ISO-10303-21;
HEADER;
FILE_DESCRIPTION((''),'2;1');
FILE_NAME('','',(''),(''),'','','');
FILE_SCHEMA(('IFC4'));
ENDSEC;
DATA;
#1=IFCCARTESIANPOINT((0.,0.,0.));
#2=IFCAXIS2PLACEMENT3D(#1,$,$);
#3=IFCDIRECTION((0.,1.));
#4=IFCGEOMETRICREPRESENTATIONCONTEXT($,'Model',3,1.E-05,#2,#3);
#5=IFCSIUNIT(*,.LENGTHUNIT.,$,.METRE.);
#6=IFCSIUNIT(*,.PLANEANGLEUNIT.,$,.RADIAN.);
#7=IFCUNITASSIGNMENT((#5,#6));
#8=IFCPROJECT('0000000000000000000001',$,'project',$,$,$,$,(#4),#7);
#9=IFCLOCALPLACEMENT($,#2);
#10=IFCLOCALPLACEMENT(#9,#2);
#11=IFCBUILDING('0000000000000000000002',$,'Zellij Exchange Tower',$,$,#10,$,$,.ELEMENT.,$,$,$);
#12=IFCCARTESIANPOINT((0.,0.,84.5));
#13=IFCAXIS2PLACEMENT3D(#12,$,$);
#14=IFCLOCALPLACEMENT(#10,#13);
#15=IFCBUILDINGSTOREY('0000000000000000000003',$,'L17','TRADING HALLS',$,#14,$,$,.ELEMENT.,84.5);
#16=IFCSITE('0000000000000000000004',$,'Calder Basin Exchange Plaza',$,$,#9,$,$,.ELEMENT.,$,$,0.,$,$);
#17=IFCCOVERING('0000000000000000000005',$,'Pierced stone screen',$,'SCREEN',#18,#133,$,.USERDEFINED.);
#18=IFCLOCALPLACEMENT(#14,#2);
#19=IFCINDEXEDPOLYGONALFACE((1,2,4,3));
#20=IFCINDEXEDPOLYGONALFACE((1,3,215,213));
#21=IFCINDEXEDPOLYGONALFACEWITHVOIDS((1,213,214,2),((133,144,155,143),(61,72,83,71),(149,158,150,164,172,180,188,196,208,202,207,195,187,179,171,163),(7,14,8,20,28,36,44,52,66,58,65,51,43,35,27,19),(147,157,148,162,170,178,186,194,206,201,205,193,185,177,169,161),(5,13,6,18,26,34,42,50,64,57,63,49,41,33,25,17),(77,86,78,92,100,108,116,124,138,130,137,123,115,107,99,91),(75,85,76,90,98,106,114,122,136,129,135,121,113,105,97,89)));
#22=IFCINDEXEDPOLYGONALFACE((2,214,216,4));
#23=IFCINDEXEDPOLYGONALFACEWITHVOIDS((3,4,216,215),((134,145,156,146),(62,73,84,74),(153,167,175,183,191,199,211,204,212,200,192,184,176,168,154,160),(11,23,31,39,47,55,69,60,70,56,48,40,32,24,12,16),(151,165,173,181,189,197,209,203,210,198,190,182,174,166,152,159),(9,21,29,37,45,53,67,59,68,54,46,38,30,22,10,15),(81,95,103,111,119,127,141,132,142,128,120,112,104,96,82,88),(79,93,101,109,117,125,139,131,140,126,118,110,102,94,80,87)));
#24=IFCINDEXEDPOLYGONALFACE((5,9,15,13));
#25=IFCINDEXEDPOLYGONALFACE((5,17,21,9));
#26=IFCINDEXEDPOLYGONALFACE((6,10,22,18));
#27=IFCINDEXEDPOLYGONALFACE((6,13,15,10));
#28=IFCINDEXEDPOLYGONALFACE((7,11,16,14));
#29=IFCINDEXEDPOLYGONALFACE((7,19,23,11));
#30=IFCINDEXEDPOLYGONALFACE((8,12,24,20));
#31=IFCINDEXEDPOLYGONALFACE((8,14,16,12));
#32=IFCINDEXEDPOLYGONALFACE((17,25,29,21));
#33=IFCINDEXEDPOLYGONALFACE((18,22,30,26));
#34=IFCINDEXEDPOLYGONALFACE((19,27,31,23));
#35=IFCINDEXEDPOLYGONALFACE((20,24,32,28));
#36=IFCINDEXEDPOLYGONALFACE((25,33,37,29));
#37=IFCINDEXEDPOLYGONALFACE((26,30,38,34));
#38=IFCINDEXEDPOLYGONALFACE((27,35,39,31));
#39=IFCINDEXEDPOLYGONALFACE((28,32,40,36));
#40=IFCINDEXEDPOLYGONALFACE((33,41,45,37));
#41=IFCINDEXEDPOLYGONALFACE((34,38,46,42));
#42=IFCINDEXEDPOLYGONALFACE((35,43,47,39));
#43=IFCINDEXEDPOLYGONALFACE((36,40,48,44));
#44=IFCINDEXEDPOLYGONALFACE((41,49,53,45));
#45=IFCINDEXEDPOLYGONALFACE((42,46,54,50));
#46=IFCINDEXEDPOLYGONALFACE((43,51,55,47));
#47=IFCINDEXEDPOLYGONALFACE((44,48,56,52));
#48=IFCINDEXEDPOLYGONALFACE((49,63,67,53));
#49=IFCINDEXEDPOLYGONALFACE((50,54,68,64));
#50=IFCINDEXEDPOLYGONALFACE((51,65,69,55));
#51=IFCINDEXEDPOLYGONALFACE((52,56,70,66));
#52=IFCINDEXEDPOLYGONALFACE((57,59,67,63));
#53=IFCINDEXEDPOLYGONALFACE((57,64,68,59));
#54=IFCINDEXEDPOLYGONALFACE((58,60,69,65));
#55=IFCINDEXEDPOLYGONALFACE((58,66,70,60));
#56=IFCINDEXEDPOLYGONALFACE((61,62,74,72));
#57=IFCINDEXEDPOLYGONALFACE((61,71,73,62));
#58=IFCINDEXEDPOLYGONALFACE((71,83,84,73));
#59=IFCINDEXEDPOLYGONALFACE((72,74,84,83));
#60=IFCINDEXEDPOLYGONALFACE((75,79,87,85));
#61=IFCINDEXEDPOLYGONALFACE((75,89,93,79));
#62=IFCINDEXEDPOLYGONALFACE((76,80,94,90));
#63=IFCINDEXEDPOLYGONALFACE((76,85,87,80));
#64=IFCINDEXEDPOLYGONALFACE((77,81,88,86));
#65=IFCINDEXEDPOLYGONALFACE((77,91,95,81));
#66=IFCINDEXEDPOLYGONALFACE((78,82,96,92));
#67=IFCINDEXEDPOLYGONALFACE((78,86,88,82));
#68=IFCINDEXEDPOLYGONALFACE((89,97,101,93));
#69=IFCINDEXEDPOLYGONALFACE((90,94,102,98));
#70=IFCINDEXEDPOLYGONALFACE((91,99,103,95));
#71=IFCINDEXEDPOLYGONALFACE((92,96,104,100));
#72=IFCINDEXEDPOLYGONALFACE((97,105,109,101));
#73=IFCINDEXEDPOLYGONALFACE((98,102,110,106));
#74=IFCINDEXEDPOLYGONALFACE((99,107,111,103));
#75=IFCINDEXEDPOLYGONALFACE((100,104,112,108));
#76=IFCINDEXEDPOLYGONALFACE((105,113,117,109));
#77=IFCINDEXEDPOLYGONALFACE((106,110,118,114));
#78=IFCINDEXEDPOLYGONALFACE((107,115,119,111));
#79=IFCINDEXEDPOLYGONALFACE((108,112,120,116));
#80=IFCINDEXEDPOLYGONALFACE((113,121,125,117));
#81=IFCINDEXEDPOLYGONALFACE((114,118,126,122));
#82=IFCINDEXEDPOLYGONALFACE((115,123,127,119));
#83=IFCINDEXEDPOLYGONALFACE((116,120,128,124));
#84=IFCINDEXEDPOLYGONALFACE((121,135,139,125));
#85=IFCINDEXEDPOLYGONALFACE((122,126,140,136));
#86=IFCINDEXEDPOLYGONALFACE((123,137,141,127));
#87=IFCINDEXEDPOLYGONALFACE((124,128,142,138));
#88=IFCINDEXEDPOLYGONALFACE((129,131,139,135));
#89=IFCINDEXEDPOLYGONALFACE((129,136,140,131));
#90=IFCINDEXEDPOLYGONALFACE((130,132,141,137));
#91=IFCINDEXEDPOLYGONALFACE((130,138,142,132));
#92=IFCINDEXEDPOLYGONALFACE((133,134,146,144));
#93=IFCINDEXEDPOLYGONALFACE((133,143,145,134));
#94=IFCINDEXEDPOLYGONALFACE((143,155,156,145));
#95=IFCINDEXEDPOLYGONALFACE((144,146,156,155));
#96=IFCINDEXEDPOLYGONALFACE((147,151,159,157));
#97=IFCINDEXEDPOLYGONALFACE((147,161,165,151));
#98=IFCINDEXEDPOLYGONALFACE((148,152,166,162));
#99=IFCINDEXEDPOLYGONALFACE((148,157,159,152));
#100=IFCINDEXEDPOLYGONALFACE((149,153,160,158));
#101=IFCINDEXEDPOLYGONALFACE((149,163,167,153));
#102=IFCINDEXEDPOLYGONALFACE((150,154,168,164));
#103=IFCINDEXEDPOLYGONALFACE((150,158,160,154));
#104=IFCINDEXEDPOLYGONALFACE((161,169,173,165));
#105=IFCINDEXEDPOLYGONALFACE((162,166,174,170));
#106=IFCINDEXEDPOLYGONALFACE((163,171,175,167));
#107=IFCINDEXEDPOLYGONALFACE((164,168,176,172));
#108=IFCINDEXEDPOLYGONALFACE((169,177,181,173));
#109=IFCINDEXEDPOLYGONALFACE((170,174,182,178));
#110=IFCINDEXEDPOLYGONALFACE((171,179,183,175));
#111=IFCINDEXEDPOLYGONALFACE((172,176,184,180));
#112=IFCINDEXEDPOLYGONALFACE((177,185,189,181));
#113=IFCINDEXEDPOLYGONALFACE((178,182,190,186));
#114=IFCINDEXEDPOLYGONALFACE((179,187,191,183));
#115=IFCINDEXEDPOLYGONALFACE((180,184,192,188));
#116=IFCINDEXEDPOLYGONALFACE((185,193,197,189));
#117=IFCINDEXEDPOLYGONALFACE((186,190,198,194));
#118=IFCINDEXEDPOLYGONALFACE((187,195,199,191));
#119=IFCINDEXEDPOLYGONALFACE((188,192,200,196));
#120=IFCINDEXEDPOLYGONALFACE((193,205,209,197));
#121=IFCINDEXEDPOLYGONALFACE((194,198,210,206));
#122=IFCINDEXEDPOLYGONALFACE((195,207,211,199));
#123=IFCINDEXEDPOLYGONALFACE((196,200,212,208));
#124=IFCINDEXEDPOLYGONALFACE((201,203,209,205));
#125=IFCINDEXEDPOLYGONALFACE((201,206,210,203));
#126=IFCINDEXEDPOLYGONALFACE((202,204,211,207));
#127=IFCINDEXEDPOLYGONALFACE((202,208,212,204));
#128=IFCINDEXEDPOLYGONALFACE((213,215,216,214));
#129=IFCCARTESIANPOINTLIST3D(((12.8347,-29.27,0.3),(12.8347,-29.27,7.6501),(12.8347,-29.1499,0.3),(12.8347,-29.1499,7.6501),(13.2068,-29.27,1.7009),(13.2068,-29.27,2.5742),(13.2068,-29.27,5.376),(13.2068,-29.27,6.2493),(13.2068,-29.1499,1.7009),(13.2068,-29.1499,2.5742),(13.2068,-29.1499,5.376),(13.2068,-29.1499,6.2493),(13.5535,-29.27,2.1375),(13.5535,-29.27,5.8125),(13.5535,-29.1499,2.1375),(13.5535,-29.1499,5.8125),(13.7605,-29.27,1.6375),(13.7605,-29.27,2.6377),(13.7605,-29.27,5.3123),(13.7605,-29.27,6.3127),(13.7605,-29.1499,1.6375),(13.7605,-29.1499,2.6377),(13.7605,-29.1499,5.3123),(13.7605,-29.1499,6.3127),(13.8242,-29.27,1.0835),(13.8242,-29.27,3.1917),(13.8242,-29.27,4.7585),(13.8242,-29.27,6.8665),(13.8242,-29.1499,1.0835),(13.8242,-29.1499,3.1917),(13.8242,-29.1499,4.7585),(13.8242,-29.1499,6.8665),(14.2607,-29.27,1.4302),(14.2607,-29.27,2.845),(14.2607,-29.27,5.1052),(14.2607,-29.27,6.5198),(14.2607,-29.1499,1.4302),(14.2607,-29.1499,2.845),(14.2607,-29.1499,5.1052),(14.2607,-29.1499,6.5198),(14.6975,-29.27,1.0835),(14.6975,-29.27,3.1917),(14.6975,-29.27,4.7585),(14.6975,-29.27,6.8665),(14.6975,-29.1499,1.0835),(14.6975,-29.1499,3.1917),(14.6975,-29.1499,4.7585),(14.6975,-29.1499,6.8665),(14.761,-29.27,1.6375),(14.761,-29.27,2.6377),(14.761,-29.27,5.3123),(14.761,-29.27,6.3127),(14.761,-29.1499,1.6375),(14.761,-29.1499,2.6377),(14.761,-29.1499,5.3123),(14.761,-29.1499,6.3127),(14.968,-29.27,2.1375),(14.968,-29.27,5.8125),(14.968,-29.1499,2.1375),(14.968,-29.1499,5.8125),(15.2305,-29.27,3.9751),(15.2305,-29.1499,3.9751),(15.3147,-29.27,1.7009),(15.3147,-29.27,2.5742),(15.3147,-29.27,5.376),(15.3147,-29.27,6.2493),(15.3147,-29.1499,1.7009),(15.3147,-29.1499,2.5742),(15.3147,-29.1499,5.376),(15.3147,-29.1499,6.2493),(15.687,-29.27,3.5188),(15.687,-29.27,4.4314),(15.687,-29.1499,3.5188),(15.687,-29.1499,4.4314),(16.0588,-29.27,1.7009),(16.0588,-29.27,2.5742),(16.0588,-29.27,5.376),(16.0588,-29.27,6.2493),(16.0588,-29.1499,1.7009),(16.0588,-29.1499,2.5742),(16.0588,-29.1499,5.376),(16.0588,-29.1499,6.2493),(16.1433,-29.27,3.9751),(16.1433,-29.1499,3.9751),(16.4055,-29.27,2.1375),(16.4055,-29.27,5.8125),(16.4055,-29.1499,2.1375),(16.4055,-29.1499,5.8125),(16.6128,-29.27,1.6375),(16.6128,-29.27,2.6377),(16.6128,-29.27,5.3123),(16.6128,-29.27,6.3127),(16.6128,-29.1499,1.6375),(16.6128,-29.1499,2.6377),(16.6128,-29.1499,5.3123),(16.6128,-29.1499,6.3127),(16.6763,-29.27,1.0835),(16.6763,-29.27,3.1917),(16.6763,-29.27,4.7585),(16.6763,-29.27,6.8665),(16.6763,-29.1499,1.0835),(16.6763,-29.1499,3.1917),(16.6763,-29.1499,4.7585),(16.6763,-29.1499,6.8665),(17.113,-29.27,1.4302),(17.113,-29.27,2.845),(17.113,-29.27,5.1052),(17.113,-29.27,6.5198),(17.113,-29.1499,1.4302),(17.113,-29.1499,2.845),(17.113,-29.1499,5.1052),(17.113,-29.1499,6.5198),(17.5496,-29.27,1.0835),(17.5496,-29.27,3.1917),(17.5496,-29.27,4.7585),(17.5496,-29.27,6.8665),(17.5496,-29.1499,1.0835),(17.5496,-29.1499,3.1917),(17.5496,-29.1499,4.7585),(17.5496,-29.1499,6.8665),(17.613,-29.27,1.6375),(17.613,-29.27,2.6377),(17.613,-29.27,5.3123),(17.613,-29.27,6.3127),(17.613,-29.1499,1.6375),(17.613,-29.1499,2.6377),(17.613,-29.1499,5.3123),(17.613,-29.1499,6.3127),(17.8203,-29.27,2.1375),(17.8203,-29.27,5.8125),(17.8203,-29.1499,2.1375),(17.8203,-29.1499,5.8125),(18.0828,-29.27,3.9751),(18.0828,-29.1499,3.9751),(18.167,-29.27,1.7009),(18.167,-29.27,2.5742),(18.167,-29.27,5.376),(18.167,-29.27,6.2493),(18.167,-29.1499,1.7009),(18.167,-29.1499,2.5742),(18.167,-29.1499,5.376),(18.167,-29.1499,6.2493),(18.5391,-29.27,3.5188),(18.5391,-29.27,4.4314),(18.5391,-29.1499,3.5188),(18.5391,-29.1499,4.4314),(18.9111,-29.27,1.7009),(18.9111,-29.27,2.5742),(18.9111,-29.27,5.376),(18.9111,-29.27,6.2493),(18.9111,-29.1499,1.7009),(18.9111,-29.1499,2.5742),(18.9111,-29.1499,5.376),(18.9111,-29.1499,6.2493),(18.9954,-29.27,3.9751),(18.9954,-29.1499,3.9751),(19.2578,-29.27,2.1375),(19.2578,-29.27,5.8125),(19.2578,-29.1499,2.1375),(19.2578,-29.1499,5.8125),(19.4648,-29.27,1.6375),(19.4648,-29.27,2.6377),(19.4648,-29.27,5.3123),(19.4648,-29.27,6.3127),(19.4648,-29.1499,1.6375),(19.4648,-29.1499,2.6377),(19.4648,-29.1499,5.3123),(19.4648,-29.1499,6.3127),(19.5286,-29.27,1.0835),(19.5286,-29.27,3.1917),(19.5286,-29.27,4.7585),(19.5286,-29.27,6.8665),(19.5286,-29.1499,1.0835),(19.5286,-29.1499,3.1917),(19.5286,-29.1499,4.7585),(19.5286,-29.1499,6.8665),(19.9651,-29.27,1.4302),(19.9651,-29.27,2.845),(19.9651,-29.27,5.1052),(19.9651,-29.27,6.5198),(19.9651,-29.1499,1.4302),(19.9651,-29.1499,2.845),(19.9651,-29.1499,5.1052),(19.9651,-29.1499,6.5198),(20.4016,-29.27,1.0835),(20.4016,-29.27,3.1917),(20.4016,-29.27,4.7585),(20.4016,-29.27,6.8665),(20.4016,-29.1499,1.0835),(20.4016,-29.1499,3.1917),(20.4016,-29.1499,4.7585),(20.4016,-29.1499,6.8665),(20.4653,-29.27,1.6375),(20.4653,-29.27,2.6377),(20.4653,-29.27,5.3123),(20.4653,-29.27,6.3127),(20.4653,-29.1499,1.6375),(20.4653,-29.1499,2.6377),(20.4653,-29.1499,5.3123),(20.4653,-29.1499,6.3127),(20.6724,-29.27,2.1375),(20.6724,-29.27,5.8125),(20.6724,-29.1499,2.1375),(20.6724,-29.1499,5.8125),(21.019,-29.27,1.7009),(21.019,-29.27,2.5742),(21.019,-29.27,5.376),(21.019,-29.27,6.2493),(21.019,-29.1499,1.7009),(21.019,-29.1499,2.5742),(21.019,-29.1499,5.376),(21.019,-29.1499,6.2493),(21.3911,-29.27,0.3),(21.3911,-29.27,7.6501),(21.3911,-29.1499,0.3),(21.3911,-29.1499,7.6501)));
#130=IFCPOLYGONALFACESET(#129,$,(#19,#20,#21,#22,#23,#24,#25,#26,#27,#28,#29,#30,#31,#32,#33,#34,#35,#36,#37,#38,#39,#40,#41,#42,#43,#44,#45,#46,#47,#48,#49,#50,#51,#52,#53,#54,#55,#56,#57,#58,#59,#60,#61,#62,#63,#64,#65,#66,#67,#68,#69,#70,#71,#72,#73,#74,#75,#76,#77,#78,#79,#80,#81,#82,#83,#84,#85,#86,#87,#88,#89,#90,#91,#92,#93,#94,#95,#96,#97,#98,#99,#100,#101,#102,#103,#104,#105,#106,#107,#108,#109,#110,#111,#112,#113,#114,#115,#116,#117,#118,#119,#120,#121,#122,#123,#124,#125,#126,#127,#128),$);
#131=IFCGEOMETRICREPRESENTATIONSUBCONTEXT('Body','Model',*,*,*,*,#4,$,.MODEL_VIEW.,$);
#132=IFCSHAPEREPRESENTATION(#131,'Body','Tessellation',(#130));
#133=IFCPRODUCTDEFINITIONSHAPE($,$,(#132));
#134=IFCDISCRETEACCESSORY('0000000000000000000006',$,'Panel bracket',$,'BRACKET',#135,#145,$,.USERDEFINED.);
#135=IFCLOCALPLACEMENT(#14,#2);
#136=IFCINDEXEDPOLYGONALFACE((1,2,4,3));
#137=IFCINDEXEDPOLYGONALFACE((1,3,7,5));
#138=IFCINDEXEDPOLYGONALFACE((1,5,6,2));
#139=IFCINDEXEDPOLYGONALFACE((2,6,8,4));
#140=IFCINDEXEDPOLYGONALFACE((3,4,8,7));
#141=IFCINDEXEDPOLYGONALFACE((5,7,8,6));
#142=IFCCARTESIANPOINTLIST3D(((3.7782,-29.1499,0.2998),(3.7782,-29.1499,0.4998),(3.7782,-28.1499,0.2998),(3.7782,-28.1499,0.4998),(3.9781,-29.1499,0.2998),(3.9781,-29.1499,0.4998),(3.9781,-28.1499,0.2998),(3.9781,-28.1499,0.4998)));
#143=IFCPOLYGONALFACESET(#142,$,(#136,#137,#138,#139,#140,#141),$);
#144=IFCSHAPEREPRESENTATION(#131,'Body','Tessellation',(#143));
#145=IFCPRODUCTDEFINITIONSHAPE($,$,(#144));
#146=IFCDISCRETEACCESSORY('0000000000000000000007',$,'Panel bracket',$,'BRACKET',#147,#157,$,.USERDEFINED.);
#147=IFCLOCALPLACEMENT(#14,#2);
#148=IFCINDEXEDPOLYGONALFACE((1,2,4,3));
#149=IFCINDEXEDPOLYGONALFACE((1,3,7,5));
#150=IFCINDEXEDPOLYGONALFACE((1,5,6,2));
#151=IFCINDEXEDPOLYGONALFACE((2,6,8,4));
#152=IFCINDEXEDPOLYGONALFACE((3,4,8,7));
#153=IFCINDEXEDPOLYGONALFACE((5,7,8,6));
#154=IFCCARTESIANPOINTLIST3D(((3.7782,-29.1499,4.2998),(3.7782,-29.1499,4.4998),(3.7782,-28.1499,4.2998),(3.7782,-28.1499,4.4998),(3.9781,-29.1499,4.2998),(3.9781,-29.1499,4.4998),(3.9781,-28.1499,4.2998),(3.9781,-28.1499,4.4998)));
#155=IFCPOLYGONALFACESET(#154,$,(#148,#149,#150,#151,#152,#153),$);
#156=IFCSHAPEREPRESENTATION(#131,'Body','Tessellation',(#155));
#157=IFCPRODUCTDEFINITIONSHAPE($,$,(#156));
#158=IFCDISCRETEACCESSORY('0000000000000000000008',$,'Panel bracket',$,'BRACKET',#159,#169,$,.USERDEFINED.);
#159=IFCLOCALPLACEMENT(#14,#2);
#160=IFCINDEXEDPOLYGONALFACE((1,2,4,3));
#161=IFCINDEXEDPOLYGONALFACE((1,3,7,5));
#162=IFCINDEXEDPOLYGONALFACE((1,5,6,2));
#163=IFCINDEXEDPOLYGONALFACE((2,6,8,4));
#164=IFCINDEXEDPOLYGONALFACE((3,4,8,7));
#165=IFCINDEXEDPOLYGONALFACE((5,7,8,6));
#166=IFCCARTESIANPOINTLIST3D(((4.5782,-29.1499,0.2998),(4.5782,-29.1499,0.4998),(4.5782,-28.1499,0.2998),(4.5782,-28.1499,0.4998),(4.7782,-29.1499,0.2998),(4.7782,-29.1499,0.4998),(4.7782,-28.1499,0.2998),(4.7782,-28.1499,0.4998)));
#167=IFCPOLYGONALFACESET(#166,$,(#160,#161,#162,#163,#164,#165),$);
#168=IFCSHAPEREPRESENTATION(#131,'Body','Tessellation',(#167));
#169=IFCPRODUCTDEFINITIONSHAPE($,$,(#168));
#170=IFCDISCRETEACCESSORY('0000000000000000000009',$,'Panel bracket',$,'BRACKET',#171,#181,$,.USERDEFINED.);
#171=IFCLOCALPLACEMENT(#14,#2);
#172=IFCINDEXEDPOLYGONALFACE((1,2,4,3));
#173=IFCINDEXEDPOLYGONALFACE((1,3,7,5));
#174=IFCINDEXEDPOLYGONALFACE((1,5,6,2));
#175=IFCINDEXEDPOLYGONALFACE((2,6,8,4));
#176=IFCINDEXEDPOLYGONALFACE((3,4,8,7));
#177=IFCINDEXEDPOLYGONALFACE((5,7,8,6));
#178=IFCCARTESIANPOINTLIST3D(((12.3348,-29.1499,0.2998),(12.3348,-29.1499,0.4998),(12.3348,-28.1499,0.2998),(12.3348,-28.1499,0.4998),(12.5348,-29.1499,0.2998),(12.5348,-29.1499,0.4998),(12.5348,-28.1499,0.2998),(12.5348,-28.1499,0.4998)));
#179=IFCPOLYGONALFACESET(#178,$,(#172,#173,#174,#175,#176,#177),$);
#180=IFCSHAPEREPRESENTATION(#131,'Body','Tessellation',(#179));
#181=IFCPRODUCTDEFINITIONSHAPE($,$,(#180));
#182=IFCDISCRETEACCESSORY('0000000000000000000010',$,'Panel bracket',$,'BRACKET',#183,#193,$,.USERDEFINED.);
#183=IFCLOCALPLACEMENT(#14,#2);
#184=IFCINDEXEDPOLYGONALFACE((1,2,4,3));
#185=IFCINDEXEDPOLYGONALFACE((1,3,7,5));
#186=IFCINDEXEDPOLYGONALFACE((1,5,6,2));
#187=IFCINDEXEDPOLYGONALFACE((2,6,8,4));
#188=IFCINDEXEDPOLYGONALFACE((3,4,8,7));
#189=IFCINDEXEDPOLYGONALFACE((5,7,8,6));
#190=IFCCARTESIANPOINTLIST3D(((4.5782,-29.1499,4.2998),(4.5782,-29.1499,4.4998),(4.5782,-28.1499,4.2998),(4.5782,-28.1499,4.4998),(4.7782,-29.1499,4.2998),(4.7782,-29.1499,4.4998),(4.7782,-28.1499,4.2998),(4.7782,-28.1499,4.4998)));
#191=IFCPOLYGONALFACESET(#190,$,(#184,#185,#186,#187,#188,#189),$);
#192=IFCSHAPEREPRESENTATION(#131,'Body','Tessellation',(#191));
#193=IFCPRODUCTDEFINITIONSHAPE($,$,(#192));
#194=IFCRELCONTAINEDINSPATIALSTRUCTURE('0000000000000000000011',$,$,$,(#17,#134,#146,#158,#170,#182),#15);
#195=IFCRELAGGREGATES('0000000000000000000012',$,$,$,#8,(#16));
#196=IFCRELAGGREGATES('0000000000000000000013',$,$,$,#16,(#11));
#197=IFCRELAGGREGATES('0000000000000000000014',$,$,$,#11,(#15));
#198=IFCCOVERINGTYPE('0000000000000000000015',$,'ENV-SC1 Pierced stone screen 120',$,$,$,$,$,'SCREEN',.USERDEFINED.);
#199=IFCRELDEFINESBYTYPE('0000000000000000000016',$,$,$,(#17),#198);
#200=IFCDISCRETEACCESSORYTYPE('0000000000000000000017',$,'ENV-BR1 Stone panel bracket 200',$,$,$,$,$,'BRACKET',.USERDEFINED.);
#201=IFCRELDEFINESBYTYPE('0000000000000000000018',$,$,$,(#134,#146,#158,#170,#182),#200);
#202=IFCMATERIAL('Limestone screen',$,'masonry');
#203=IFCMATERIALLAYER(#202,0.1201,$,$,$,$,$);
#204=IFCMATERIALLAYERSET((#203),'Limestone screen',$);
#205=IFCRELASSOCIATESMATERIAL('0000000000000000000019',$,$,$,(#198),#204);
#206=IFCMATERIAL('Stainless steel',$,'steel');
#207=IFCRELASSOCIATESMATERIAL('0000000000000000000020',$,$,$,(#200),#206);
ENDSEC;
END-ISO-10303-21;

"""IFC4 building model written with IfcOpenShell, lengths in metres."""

from ifc_helpers import new_model, si_unit, direction, frame, origin, origin_2d, place, context, subcontext, project, spatial, polyline, rectangle, outline, extrude, material, layer, layer_set, type_object, element, save


model = new_model("IFC4")

# Units and contexts
model_context = context("Model", 3, precision=1e-05, world=origin(), true_north=direction((0.0, 1.0)))
body_context = subcontext(model_context, "Body", "Model", "MODEL_VIEW")
ifc_project = project(units=[si_unit("LENGTHUNIT", "METRE"), si_unit("PLANEANGLEUNIT", "RADIAN")], contexts=[model_context])

# Site, building, storey
site_placement = place(None, origin())
site = spatial("IfcSite", under=ifc_project, at=site_placement, Name="Calder Basin Exchange Plaza", CompositionType="ELEMENT", RefElevation=0.0)
building_placement = place(site_placement, origin())
building = spatial("IfcBuilding", under=site, at=building_placement, Name="Zellij Exchange Tower", CompositionType="ELEMENT")
storey_placement = place(building_placement, frame((0.0, 0.0, 84.5)))
storey = spatial("IfcBuildingStorey", under=building, at=storey_placement, Name="L17", Description="TRADING HALLS", CompositionType="ELEMENT", Elevation=84.5)

# Covering
ifc_material_1 = material(Name="Limestone screen", Category="masonry")
ifc_layer_1 = layer(ifc_material_1, 0.1201)
ifc_layer_set_1 = layer_set([ifc_layer_1], Name="Limestone screen")
covering_type = type_object("IfcCoveringType", Name="ENV-SC1 Pierced stone screen 120", ElementType="SCREEN", PredefinedType="USERDEFINED", material=ifc_layer_set_1)
covering_1_placement = place(storey_placement, frame((12.8347, -29.21, 0.3), z_axis=(0.0, 0.0, 1.0), x_axis=(1.0, 0.0, 0.0)))
element("IfcCovering", 1, at=covering_1_placement, inside=storey, type_object=covering_type, Name="Pierced stone screen", ObjectType="SCREEN", PredefinedType="USERDEFINED", context=body_context, shape_type="SweptSolid", body=[
    extrude(outline(polyline([(0.0, 0.0), (8.5564, 0.0), (8.5564, 7.3501), (0.0, 7.3501), (0.0, 0.0)]), holes=[polyline([(2.48, 2.2742), (1.9263, 2.3376), (1.8628, 2.8916), (1.426, 2.5449), (0.9895, 2.8916), (0.9258, 2.3376), (0.3721, 2.2742), (0.7188, 1.8374), (0.3721, 1.4009), (0.9258, 1.3374), (0.9895, 0.7834), (1.426, 1.1301), (1.8628, 0.7834), (1.9263, 1.3374), (2.48, 1.4009), (2.1333, 1.8374), (2.48, 2.2742)]), polyline([(2.48, 5.9492), (1.9263, 6.0127), (1.8628, 6.5664), (1.426, 6.2197), (0.9895, 6.5664), (0.9258, 6.0127), (0.3721, 5.9492), (0.7188, 5.5125), (0.3721, 5.0759), (0.9258, 5.0122), (0.9895, 4.4585), (1.426, 4.8052), (1.8628, 4.4585), (1.9263, 5.0122), (2.48, 5.0759), (2.1333, 5.5125), (2.48, 5.9492)]), polyline([(5.3323, 2.2742), (4.7783, 2.3376), (4.7148, 2.8916), (4.2783, 2.5449), (3.8416, 2.8916), (3.7781, 2.3376), (3.2241, 2.2742), (3.5708, 1.8374), (3.2241, 1.4009), (3.7781, 1.3374), (3.8416, 0.7834), (4.2783, 1.1301), (4.7148, 0.7834), (4.7783, 1.3374), (5.3323, 1.4009), (4.9856, 1.8374), (5.3323, 2.2742)]), polyline([(5.3323, 5.9492), (4.7783, 6.0127), (4.7148, 6.5664), (4.2783, 6.2197), (3.8416, 6.5664), (3.7781, 6.0127), (3.2241, 5.9492), (3.5708, 5.5125), (3.2241, 5.0759), (3.7781, 5.0122), (3.8416, 4.4585), (4.2783, 4.8052), (4.7148, 4.4585), (4.7783, 5.0122), (5.3323, 5.0759), (4.9856, 5.5125), (5.3323, 5.9492)]), polyline([(8.1843, 2.2742), (7.6306, 2.3376), (7.5669, 2.8916), (7.1304, 2.5449), (6.6938, 2.8916), (6.6301, 2.3376), (6.0764, 2.2742), (6.4231, 1.8374), (6.0764, 1.4009), (6.6301, 1.3374), (6.6938, 0.7834), (7.1304, 1.1301), (7.5669, 0.7834), (7.6306, 1.3374), (8.1843, 1.4009), (7.8376, 1.8374), (8.1843, 2.2742)]), polyline([(8.1843, 5.9492), (7.6306, 6.0127), (7.5669, 6.5664), (7.1304, 6.2197), (6.6938, 6.5664), (6.6301, 6.0127), (6.0764, 5.9492), (6.4231, 5.5125), (6.0764, 5.0759), (6.6301, 5.0122), (6.6938, 4.4585), (7.1304, 4.8052), (7.5669, 4.4585), (7.6306, 5.0122), (8.1843, 5.0759), (7.8376, 5.5125), (8.1843, 5.9492)]), polyline([(3.3086, 3.675), (2.8523, 4.1313), (2.3958, 3.675), (2.8523, 3.2188), (3.3086, 3.675)]), polyline([(6.1606, 3.675), (5.7043, 4.1313), (5.248, 3.675), (5.7043, 3.2188), (6.1606, 3.675)])]), frame((0.0, 0.0601, 0.0), z_axis=(0.0, -1.0, 0.0), x_axis=(1.0, 0.0, 0.0)), (0.0, 0.0, 1.0), 0.1201),
])

# Discrete accessories
ifc_material_2 = material(Name="Stainless steel", Category="steel")
discrete_accessory_type = type_object("IfcDiscreteAccessoryType", Name="ENV-BR1 Stone panel bracket 200", ElementType="BRACKET", PredefinedType="USERDEFINED", material=ifc_material_2)
for number, where, z_axis, x_axis, name in (
    (2, (3.8782, -28.6499, 0.2998), (0.0, 0.0, 1.0), (1.0, 0.0, 0.0), "Panel bracket"),
    (3, (3.8782, -28.6499, 4.2998), (0.0, 0.0, 1.0), (1.0, 0.0, 0.0), "Panel bracket"),
    (4, (4.6782, -28.6499, 0.2998), (0.0, 0.0, 1.0), (1.0, 0.0, 0.0), "Panel bracket"),
    (5, (12.4348, -28.6499, 0.2998), (0.0, 0.0, 1.0), (1.0, 0.0, 0.0), "Panel bracket"),
    (6, (4.6782, -28.6499, 4.2998), (0.0, 0.0, 1.0), (1.0, 0.0, 0.0), "Panel bracket"),
):
    element("IfcDiscreteAccessory", number, at=place(storey_placement, frame(where, z_axis=z_axis, x_axis=x_axis)), inside=storey, type_object=discrete_accessory_type, Name=name, ObjectType="BRACKET", PredefinedType="USERDEFINED", context=body_context, shape_type="SweptSolid", body=[
        extrude(rectangle(XDim=0.2, YDim=1.0, at=origin_2d()), origin(), (0.0, 0.0, 1.0), 0.2),
    ])

save(model, "model.ifc")
